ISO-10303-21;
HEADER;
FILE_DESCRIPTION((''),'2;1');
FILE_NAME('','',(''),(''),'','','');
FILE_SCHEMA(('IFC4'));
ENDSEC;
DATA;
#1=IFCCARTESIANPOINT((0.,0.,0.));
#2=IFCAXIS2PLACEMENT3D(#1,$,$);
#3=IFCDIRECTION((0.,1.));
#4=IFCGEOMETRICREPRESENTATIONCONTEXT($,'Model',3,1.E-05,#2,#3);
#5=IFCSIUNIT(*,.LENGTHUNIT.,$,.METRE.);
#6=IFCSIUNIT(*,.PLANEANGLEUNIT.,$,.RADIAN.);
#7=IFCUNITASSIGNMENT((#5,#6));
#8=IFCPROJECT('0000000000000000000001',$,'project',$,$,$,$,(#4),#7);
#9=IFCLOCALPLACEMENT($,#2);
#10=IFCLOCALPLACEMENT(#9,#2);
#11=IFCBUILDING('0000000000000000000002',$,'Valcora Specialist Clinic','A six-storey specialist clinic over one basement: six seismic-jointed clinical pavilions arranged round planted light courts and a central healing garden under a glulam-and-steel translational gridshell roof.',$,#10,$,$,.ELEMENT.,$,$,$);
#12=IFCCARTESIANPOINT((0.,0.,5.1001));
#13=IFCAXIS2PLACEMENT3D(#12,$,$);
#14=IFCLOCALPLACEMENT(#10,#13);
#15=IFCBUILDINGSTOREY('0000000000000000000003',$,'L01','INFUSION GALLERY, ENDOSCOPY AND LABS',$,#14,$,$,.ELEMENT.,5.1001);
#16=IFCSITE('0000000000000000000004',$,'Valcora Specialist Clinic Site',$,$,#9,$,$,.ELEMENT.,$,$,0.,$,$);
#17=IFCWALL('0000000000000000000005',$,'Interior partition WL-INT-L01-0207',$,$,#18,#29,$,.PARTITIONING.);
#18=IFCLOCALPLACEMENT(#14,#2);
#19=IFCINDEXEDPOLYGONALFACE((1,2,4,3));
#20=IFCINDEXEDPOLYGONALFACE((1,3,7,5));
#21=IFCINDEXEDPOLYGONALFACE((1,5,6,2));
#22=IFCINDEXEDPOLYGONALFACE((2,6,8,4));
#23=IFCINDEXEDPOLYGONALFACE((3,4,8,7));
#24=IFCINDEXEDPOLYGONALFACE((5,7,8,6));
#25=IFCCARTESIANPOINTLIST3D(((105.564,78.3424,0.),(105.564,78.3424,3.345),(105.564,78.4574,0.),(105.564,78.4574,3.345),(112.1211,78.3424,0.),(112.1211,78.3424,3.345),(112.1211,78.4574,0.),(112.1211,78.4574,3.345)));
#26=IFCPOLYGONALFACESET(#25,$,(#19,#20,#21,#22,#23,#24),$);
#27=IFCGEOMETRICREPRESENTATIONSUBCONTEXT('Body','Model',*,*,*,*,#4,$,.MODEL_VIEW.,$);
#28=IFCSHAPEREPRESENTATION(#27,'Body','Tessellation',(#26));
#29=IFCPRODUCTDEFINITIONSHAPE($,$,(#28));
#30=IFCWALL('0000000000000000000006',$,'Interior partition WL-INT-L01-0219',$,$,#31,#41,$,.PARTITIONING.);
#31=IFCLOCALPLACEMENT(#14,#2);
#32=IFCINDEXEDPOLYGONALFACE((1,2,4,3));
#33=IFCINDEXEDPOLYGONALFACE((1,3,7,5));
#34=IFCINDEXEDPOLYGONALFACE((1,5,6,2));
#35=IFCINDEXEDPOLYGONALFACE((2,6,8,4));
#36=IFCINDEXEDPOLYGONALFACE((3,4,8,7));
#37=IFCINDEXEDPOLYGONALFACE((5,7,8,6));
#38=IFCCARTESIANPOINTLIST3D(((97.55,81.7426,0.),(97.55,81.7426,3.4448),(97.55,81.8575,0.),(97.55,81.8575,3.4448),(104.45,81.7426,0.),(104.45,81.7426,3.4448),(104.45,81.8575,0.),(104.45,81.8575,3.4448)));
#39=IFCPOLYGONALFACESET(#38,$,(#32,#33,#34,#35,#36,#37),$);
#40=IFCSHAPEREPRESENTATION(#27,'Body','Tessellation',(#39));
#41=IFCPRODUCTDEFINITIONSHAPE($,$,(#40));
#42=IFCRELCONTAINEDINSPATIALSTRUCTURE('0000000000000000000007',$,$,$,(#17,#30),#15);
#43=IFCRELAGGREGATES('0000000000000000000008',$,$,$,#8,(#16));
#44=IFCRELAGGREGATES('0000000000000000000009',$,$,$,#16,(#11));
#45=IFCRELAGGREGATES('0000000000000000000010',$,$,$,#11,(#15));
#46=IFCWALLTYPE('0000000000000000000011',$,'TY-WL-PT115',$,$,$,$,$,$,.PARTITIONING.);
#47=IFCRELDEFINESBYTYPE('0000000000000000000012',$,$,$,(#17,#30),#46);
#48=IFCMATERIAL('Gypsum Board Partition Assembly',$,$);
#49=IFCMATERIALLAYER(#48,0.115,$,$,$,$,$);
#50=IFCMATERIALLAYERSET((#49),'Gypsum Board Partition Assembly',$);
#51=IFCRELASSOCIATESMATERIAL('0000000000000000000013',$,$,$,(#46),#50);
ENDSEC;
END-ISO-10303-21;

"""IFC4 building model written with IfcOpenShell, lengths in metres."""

from ifc_helpers import new_model, si_unit, direction, frame, frame_2d, origin, place, context, subcontext, project, spatial, rectangle, extrude, material, layer, layer_set, type_object, element, save


model = new_model("IFC4")

# Units and contexts
model_context = context("Model", 3, precision=1e-05, world=origin(), true_north=direction((0.0, 1.0)))
body_context = subcontext(model_context, "Body", "Model", "MODEL_VIEW")
ifc_project = project(units=[si_unit("LENGTHUNIT", "METRE"), si_unit("PLANEANGLEUNIT", "RADIAN")], contexts=[model_context])

# Site, building, storey
site_placement = place(None, origin())
site = spatial("IfcSite", under=ifc_project, at=site_placement, Name="Valcora Specialist Clinic Site", CompositionType="ELEMENT", RefElevation=0.0)
building_placement = place(site_placement, origin())
building = spatial("IfcBuilding", under=site, at=building_placement, Name="Valcora Specialist Clinic", Description="A six-storey specialist clinic over one basement: six seismic-jointed clinical pavilions arranged round planted light courts and a central healing garden under a glulam-and-steel translational gridshell roof.", CompositionType="ELEMENT")
storey_placement = place(building_placement, frame((0.0, 0.0, 5.1001)))
storey = spatial("IfcBuildingStorey", under=building, at=storey_placement, Name="L01", Description="INFUSION GALLERY, ENDOSCOPY AND LABS", CompositionType="ELEMENT", Elevation=5.1001)

# Walls
ifc_material_1 = material(Name="Gypsum Board Partition Assembly")
ifc_layer_1 = layer(ifc_material_1, 0.115)
ifc_layer_set_1 = layer_set([ifc_layer_1], Name="Gypsum Board Partition Assembly")
wall_type = type_object("IfcWallType", Name="TY-WL-PT115", PredefinedType="PARTITIONING", material=ifc_layer_set_1)
wall_1_placement = place(storey_placement, frame((105.564, 78.3999, 0.0), z_axis=(0.0, 0.0, 1.0), x_axis=(1.0, 0.0, 0.0)))
element("IfcWall", 1, at=wall_1_placement, inside=storey, type_object=wall_type, Name="Interior partition WL-INT-L01-0207", PredefinedType="PARTITIONING", context=body_context, shape_type="SweptSolid", body=[
    extrude(rectangle(XDim=6.5571, YDim=0.115, at=frame_2d((3.2786, 0.0))), origin(), (0.0, 0.0, 1.0), 3.345),
])
wall_2_placement = place(storey_placement, frame((104.45, 81.8, 0.0), z_axis=(0.0, 0.0, 1.0), x_axis=(-1.0, 0.0, 0.0)))
element("IfcWall", 2, at=wall_2_placement, inside=storey, type_object=wall_type, Name="Interior partition WL-INT-L01-0219", PredefinedType="PARTITIONING", context=body_context, shape_type="SweptSolid", body=[
    extrude(rectangle(XDim=6.8999, YDim=0.115, at=frame_2d((3.45, 0.0))), origin(), (0.0, 0.0, 1.0), 3.4448),
])

save(model, "model.ifc")
